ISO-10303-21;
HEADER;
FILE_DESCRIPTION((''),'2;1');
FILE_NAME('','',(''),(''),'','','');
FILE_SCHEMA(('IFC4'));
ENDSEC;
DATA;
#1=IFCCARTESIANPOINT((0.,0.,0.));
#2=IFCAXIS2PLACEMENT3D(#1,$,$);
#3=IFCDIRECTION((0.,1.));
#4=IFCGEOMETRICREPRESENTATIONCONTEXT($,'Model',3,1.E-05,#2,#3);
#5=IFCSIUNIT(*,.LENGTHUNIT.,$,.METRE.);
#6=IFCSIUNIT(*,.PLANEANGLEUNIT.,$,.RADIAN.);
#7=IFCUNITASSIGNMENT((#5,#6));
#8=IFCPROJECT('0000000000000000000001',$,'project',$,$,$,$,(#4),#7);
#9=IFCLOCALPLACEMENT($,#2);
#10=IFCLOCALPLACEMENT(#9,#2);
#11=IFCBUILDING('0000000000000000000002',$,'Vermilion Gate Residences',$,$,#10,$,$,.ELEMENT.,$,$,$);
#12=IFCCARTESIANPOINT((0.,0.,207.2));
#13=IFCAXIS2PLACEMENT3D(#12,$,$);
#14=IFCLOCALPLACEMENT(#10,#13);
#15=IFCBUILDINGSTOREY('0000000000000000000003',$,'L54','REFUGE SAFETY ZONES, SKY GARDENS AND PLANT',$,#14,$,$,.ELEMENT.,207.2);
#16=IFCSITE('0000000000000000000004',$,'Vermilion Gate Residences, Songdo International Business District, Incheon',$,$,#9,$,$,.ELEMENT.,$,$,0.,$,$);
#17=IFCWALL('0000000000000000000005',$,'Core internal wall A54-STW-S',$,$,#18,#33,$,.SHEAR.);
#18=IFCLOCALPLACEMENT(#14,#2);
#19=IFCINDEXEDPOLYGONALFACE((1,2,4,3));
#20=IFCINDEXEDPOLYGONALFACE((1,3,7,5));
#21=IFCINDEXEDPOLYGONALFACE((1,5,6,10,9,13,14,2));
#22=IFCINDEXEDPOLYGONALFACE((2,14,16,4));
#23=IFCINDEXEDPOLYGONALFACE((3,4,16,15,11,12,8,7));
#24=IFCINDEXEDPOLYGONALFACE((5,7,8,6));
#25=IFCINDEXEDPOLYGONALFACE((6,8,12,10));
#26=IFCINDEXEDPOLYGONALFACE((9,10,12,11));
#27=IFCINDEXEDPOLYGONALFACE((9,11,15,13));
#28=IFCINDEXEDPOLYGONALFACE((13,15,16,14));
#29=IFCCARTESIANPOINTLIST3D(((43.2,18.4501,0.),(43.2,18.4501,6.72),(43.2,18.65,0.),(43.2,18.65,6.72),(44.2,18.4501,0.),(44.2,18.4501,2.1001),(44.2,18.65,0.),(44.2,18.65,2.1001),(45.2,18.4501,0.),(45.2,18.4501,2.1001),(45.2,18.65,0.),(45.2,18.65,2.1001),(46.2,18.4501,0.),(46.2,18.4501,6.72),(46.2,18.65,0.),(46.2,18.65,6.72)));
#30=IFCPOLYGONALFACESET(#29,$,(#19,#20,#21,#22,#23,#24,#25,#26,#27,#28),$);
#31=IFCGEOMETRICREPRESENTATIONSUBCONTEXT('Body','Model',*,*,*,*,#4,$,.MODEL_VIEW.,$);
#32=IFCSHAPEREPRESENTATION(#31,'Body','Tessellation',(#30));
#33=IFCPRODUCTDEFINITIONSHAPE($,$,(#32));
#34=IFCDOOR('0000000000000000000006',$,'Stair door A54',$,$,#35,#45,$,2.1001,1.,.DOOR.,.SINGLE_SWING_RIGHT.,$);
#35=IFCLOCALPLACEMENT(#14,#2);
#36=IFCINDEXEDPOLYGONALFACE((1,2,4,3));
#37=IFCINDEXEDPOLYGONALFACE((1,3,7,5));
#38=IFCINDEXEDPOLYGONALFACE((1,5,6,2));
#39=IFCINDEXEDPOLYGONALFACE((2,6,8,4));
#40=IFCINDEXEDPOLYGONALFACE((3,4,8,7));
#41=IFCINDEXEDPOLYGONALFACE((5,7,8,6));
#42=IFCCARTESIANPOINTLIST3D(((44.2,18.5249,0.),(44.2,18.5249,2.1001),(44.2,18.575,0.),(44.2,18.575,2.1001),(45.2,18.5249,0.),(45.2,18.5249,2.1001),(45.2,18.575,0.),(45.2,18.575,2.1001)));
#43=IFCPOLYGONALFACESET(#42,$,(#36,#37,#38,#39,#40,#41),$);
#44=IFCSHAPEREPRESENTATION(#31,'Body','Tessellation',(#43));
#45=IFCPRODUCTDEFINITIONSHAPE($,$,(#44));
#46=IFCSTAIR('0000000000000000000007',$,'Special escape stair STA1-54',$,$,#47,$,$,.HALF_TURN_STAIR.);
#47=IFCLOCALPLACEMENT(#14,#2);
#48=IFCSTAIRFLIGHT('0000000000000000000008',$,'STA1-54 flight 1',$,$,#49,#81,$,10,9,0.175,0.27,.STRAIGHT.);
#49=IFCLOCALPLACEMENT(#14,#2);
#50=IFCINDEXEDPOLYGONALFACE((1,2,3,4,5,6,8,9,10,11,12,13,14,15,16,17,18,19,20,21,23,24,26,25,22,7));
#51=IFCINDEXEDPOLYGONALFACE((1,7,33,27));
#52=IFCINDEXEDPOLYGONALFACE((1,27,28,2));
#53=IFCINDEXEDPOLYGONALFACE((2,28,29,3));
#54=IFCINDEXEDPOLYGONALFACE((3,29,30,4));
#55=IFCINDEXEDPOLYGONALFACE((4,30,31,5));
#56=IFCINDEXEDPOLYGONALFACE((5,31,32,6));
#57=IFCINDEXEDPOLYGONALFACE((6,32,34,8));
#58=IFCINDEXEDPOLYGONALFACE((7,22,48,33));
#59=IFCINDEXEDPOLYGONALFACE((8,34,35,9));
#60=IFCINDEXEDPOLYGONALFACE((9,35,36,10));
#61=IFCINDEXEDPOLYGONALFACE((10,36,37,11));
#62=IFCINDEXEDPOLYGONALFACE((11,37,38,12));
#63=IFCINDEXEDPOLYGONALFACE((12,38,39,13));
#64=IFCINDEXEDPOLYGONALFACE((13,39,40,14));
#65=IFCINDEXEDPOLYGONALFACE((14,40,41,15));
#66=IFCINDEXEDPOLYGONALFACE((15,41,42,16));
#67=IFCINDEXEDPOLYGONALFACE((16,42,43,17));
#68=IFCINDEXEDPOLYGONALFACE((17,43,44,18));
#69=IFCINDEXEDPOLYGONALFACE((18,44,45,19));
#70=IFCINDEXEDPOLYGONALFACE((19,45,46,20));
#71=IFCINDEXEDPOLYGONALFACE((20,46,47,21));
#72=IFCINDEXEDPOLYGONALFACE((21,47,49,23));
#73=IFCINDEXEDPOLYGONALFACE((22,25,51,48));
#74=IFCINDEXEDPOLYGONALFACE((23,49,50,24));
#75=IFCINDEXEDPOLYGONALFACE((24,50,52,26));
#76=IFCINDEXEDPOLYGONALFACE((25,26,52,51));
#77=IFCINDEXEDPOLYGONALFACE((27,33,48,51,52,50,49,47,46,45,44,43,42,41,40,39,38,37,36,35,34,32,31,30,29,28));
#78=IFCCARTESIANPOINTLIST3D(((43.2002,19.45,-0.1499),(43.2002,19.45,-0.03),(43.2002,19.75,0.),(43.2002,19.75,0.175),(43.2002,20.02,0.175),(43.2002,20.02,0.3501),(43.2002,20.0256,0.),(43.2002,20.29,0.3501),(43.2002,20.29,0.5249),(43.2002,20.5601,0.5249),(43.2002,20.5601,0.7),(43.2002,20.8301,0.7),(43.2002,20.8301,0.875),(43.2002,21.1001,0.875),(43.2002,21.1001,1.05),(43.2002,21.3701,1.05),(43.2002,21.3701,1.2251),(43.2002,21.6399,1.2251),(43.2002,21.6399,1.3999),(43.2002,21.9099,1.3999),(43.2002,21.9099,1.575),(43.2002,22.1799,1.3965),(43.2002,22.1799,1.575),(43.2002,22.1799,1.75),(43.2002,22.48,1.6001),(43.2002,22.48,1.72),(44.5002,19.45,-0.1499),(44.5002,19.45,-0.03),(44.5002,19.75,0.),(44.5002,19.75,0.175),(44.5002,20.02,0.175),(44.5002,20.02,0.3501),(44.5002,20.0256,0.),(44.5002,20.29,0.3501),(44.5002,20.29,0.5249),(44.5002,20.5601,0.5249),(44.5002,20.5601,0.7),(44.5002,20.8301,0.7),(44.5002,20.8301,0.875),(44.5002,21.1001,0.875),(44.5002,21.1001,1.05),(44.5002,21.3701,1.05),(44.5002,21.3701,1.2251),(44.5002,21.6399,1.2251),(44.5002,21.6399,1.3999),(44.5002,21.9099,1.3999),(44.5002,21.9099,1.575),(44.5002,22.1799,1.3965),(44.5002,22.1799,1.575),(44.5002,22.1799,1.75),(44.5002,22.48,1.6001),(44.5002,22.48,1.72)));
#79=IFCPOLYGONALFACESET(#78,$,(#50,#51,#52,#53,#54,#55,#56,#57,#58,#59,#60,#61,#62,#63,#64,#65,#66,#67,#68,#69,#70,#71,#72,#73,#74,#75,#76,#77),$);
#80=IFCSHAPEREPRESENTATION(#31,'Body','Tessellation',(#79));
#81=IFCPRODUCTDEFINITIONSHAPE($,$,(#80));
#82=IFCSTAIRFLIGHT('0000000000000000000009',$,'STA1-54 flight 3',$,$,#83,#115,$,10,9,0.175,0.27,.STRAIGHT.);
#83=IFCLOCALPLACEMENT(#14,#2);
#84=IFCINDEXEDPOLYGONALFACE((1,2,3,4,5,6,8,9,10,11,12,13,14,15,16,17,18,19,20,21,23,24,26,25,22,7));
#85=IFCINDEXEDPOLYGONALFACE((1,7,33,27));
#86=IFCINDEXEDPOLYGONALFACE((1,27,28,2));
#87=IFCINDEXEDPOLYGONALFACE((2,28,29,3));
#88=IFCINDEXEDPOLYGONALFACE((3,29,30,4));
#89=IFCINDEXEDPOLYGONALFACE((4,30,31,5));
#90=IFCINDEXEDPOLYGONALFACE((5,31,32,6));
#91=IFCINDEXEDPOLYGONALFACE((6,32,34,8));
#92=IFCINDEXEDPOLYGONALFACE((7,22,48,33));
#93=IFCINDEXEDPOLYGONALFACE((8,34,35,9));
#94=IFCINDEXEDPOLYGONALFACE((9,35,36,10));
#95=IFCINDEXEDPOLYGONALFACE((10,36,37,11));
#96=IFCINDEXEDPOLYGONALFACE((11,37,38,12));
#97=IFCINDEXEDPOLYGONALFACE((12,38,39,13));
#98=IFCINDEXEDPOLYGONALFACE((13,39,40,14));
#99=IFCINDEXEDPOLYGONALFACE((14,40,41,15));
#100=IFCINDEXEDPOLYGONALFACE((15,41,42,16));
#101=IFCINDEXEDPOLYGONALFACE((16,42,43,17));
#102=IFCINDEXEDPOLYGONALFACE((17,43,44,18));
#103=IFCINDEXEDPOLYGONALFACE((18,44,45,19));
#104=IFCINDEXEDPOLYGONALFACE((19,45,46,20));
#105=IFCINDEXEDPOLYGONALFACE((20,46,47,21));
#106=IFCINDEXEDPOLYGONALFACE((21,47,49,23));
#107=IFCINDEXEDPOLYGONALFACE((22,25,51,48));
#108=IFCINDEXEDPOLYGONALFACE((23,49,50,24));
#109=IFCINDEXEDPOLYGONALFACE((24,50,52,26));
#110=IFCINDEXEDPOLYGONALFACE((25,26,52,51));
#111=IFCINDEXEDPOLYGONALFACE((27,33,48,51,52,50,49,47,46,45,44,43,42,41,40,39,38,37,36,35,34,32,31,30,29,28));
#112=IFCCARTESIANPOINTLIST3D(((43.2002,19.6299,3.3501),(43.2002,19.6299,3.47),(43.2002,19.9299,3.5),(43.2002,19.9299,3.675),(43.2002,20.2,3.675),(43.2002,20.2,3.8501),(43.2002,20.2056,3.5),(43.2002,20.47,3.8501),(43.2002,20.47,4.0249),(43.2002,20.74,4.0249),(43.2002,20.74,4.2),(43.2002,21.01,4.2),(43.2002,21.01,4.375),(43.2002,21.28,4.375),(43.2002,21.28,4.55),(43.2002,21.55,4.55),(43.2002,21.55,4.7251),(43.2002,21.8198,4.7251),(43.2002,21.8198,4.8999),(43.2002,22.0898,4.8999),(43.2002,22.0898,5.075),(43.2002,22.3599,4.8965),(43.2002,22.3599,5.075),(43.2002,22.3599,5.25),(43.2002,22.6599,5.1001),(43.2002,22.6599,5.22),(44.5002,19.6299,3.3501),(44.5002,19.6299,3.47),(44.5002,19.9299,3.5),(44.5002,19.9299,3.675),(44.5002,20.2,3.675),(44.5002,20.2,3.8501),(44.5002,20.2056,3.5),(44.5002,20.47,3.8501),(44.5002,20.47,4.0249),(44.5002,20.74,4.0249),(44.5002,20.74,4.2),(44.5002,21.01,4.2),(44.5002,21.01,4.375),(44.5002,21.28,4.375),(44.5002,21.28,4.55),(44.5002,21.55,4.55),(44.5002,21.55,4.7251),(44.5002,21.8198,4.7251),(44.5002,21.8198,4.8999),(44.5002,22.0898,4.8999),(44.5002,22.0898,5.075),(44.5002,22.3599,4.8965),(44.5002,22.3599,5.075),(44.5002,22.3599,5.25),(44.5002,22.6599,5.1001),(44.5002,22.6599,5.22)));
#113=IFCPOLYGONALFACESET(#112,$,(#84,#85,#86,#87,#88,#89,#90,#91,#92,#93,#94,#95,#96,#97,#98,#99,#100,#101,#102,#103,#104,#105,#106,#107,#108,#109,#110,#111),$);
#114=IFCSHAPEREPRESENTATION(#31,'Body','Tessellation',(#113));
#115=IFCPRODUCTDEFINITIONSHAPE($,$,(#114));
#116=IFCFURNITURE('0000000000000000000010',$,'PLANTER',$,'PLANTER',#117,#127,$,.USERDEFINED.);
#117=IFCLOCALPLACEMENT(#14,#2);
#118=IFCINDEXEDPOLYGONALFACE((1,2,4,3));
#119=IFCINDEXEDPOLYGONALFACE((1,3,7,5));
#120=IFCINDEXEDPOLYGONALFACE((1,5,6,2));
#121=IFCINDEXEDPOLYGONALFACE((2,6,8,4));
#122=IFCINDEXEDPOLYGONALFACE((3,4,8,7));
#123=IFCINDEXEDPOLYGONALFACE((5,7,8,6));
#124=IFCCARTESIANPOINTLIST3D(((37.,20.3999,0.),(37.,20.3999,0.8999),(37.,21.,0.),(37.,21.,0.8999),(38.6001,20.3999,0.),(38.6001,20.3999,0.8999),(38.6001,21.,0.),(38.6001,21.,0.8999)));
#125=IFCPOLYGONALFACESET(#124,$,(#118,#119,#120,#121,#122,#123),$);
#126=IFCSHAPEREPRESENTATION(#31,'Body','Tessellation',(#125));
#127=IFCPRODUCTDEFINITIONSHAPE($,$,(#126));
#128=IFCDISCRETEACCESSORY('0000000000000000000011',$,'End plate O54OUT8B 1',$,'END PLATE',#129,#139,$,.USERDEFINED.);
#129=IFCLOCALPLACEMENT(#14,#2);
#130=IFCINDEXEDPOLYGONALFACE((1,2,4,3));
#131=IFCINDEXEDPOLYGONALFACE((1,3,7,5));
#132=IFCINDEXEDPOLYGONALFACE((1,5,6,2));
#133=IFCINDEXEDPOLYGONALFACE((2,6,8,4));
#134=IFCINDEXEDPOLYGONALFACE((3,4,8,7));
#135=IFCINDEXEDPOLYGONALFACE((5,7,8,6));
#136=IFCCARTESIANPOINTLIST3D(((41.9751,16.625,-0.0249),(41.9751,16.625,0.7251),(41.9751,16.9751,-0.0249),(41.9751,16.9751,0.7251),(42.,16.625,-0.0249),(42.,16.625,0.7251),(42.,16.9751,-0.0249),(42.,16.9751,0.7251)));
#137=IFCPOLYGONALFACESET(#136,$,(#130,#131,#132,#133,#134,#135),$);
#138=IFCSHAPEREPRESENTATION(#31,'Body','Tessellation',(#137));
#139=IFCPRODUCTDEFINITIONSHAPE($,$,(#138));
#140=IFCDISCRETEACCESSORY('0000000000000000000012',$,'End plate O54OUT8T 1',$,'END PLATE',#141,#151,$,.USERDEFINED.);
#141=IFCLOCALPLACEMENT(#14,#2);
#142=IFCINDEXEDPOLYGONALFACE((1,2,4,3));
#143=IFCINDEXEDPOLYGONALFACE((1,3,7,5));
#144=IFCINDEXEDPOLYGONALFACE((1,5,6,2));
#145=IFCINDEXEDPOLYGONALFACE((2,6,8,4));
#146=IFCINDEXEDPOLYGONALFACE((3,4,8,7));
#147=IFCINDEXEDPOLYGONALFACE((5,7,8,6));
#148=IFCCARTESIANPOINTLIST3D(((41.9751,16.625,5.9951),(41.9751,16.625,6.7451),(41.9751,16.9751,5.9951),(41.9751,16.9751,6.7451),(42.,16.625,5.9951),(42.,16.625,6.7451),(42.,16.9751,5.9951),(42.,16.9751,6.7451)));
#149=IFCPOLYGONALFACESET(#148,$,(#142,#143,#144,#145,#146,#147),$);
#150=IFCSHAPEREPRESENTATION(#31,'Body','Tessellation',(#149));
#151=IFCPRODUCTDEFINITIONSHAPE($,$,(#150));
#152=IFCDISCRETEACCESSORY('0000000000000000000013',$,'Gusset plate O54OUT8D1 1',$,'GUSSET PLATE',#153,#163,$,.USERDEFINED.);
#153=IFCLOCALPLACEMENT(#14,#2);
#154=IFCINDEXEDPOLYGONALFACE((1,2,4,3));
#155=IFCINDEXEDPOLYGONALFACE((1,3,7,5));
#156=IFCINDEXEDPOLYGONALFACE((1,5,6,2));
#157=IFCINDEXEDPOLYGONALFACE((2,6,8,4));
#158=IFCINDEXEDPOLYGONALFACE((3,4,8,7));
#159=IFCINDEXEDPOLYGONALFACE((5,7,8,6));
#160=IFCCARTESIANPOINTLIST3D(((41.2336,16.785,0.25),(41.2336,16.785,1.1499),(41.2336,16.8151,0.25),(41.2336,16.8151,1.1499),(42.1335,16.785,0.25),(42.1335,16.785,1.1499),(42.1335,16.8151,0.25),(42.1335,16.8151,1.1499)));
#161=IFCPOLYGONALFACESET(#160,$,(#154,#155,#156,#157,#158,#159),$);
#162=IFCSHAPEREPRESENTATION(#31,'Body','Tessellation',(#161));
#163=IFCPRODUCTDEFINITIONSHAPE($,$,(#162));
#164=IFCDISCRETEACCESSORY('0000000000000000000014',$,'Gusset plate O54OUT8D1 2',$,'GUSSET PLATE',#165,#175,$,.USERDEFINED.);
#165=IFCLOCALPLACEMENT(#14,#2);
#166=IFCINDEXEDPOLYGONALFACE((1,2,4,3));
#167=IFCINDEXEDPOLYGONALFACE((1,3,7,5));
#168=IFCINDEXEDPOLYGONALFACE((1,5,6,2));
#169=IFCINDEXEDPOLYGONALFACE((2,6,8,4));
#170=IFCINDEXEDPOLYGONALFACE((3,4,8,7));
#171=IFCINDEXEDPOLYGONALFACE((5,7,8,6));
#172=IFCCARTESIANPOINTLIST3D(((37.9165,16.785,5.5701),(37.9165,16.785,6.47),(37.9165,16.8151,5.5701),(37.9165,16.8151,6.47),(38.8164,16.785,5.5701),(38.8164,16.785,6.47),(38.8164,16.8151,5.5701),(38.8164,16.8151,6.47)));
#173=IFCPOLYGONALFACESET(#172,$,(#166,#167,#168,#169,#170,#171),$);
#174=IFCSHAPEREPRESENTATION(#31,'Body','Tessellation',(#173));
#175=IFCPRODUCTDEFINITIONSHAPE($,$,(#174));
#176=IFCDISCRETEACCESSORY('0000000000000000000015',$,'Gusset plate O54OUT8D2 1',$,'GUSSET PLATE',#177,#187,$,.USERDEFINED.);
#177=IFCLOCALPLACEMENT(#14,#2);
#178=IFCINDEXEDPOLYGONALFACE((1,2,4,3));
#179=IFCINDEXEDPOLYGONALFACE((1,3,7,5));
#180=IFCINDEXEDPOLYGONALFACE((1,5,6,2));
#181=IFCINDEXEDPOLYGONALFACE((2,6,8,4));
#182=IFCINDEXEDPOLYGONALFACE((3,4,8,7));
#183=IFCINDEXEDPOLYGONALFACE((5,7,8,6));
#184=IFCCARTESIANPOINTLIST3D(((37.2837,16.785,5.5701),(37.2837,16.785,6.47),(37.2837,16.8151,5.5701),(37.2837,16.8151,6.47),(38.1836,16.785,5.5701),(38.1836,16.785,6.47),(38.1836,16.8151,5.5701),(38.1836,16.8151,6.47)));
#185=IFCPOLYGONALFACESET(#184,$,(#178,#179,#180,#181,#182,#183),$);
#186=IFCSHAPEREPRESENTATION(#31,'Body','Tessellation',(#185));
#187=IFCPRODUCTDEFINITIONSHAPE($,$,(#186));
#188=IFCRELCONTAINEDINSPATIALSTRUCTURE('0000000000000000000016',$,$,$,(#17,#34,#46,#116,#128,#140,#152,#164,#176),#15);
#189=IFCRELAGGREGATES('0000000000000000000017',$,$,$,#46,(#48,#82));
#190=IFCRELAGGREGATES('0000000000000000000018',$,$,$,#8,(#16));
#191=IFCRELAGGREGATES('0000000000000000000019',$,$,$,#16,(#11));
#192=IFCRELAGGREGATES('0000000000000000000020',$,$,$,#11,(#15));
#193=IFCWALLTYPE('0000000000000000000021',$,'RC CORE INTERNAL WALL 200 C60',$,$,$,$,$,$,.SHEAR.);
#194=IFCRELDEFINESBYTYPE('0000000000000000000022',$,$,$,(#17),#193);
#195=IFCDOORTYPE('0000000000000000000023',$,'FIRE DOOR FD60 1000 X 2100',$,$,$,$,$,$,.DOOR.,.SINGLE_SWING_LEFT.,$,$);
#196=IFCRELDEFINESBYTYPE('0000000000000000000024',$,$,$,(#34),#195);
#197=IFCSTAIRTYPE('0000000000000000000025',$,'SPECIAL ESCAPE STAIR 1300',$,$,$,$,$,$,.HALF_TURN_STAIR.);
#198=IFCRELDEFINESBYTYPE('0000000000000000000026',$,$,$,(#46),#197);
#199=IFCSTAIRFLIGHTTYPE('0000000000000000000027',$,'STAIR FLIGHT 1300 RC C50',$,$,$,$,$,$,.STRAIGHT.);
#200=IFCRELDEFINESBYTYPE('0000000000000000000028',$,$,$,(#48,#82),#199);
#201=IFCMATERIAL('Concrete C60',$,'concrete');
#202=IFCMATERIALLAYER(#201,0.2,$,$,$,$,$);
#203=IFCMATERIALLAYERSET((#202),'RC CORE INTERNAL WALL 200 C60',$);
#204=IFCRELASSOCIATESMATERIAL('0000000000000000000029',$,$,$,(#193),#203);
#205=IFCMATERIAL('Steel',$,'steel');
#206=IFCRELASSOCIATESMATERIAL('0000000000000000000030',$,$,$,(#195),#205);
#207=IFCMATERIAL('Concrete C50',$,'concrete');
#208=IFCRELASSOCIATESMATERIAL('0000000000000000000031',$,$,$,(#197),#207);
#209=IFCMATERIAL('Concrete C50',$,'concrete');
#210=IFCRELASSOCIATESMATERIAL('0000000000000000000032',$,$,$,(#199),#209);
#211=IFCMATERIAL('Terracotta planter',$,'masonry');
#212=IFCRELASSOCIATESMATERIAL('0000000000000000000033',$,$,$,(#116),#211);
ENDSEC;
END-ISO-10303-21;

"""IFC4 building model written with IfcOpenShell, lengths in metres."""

from ifc_helpers import new_model, si_unit, direction, frame, frame_2d, origin, origin_2d, place, context, subcontext, project, spatial, polyline, rectangle, outline, extrude, material, layer, layer_set, type_object, element, fill, aggregate, save


model = new_model("IFC4")

# Units and contexts
model_context = context("Model", 3, precision=1e-05, world=origin(), true_north=direction((0.0, 1.0)))
body_context = subcontext(model_context, "Body", "Model", "MODEL_VIEW")
ifc_project = project(units=[si_unit("LENGTHUNIT", "METRE"), si_unit("PLANEANGLEUNIT", "RADIAN")], contexts=[model_context])

# Site, building, storey
site_placement = place(None, origin())
site = spatial("IfcSite", under=ifc_project, at=site_placement, Name="Vermilion Gate Residences, Songdo International Business District, Incheon", CompositionType="ELEMENT", RefElevation=0.0)
building_placement = place(site_placement, origin())
building = spatial("IfcBuilding", under=site, at=building_placement, Name="Vermilion Gate Residences", CompositionType="ELEMENT")
storey_placement = place(building_placement, frame((0.0, 0.0, 207.2)))
storey = spatial("IfcBuildingStorey", under=building, at=storey_placement, Name="L54", Description="REFUGE SAFETY ZONES, SKY GARDENS AND PLANT", CompositionType="ELEMENT", Elevation=207.2)

# Shared definitions
ifc_material_1 = material(Name="Concrete C60", Category="concrete")
ifc_layer = layer(ifc_material_1, 0.2)
ifc_layer_set = layer_set([ifc_layer], Name="RC CORE INTERNAL WALL 200 C60")
wall_type = type_object("IfcWallType", Name="RC CORE INTERNAL WALL 200 C60", PredefinedType="SHEAR", material=ifc_layer_set)

# Wall, opening, door
wall_1_placement = place(storey_placement, frame((43.2, 18.55, 0.0), z_axis=(0.0, 0.0, 1.0), x_axis=(1.0, 0.0, 0.0)))
wall_1 = element("IfcWall", 1, at=wall_1_placement, inside=storey, type_object=wall_type, Name="Core internal wall A54-STW-S", PredefinedType="SHEAR", context=body_context, shape_type="SweptSolid", body=[
    extrude(rectangle(XDim=3.0, YDim=0.2, at=frame_2d((1.5, 0.0))), origin(), (0.0, 0.0, 1.0), 6.72),
])
opening_placement = place(wall_1_placement, frame((1.0, 0.0, 0.0)))
opening = element("IfcOpeningElement", 2, at=opening_placement, cuts=wall_1, PredefinedType="OPENING", context=body_context, shape_type="SweptSolid", body=[
    extrude(rectangle(XDim=1.0, YDim=2.1001, at=frame_2d((0.5, 1.05))), frame((0.0, 0.1099, 0.0), z_axis=(0.0, -1.0, 0.0), x_axis=(1.0, 0.0, 0.0)), (0.0, 0.0, 1.0), 0.22),
])
ifc_material_2 = material(Name="Steel", Category="steel")
door_type = type_object("IfcDoorType", Name="FIRE DOOR FD60 1000 X 2100", OperationType="SINGLE_SWING_LEFT", PredefinedType="DOOR", material=ifc_material_2)
door_placement = place(opening_placement, origin())
door = element("IfcDoor", 3, at=door_placement, inside=storey, type_object=door_type, Name="Stair door A54", OperationType="SINGLE_SWING_RIGHT", OverallHeight=2.1001, OverallWidth=1.0, PredefinedType="DOOR", context=body_context, shape_type="SweptSolid", body=[
    extrude(rectangle(XDim=1.0, YDim=2.1001, at=frame_2d((0.5, 1.05))), frame((0.0, 0.0249, 0.0), z_axis=(0.0, -1.0, 0.0), x_axis=(1.0, 0.0, 0.0)), (0.0, 0.0, 1.0), 0.05),
])
fill(opening, door)

# Stair, stair flights
ifc_material_3 = material(Name="Concrete C50", Category="concrete")
stair_type = type_object("IfcStairType", Name="SPECIAL ESCAPE STAIR 1300", PredefinedType="HALF_TURN_STAIR", material=ifc_material_3)
stair_placement = place(storey_placement, origin())
stair = element("IfcStair", 4, at=stair_placement, inside=storey, type_object=stair_type, Name="Special escape stair STA1-54", PredefinedType="HALF_TURN_STAIR")
ifc_material_4 = material(Name="Concrete C50", Category="concrete")
stair_flight_type = type_object("IfcStairFlightType", Name="STAIR FLIGHT 1300 RC C50", PredefinedType="STRAIGHT", material=ifc_material_4)
stair_flight_1_placement = place(storey_placement, frame((43.8501, 19.75, 0.0), z_axis=(0.0, 0.0, 1.0), x_axis=(0.0, 1.0, 0.0)))
stair_flight_1 = element("IfcStairFlight", 5, at=stair_flight_1_placement, type_object=stair_flight_type, Name="STA1-54 flight 1", NumberOfRisers=10, NumberOfTreads=9, PredefinedType="STRAIGHT", RiserHeight=0.175, TreadLength=0.27, context=body_context, shape_type="SweptSolid", body=[
    extrude(outline(polyline([(-0.3, -0.1499), (-0.3, -0.03), (0.0, 0.0), (0.0, 0.175), (0.27, 0.175), (0.27, 0.3501), (0.54, 0.3501), (0.54, 0.5249), (0.8101, 0.5249), (0.8101, 0.7), (1.0801, 0.7), (1.0801, 0.875), (1.3501, 0.875), (1.3501, 1.05), (1.6201, 1.05), (1.6201, 1.2251), (1.8899, 1.2251), (1.8899, 1.3999), (2.1599, 1.3999), (2.1599, 1.575), (2.4299, 1.575), (2.4299, 1.75), (2.73, 1.72), (2.73, 1.6001), (2.4299, 1.3965), (0.2756, 0.0), (-0.3, -0.1499)])), frame((0.0, 0.6499, 0.0), z_axis=(0.0, -1.0, 0.0), x_axis=(1.0, 0.0, 0.0)), (0.0, 0.0, 1.0), 1.3),
])
stair_flight_2_placement = place(storey_placement, frame((43.8501, 19.9299, 3.5), z_axis=(0.0, 0.0, 1.0), x_axis=(0.0, 1.0, 0.0)))
stair_flight_2 = element("IfcStairFlight", 6, at=stair_flight_2_placement, type_object=stair_flight_type, Name="STA1-54 flight 3", NumberOfRisers=10, NumberOfTreads=9, PredefinedType="STRAIGHT", RiserHeight=0.175, TreadLength=0.27, context=body_context, shape_type="SweptSolid", body=[
    extrude(outline(polyline([(-0.3, -0.1499), (-0.3, -0.03), (0.0, 0.0), (0.0, 0.175), (0.27, 0.175), (0.27, 0.3501), (0.54, 0.3501), (0.54, 0.5249), (0.8101, 0.5249), (0.8101, 0.7), (1.0801, 0.7), (1.0801, 0.875), (1.3501, 0.875), (1.3501, 1.05), (1.6201, 1.05), (1.6201, 1.2251), (1.8899, 1.2251), (1.8899, 1.3999), (2.1599, 1.3999), (2.1599, 1.575), (2.4299, 1.575), (2.4299, 1.75), (2.73, 1.72), (2.73, 1.6001), (2.4299, 1.3965), (0.2756, 0.0), (-0.3, -0.1499)])), frame((0.0, 0.6499, 0.0), z_axis=(0.0, -1.0, 0.0), x_axis=(1.0, 0.0, 0.0)), (0.0, 0.0, 1.0), 1.3),
])
aggregate(stair, [stair_flight_1, stair_flight_2])

# Furniture
ifc_material_5 = material(Name="Terracotta planter", Category="masonry")
furniture_placement = place(storey_placement, frame((37.8, 20.7, 0.0), z_axis=(0.0, 0.0, 1.0), x_axis=(-1.0, 0.0, 0.0)))
element("IfcFurniture", 7, at=furniture_placement, inside=storey, material=ifc_material_5, Name="PLANTER", ObjectType="PLANTER", PredefinedType="USERDEFINED", context=body_context, shape_type="SweptSolid", body=[
    extrude(rectangle(XDim=1.6001, YDim=0.6001, at=origin_2d()), origin(), (0.0, 0.0, 1.0), 0.8999),
])

# Discrete accessories
for number, where, z_axis, x_axis, name in (
    (8, (41.9875, 16.8, -0.0249), (0.0, 0.0, 1.0), (1.0, 0.0, 0.0), "End plate O54OUT8B 1"),
    (9, (41.9875, 16.8, 5.9951), (0.0, 0.0, 1.0), (1.0, 0.0, 0.0), "End plate O54OUT8T 1"),
):
    element("IfcDiscreteAccessory", number, at=place(storey_placement, frame(where, z_axis=z_axis, x_axis=x_axis)), inside=storey, Name=name, ObjectType="END PLATE", PredefinedType="USERDEFINED", context=body_context, shape_type="SweptSolid", body=[
        extrude(rectangle(XDim=0.0249, YDim=0.3501, at=origin_2d()), origin(), (0.0, 0.0, 1.0), 0.75),
    ])
for number, where, z_axis, x_axis, name in (
    (10, (41.6836, 16.8, 0.25), (0.0, 0.0, 1.0), (1.0, 0.0, 0.0), "Gusset plate O54OUT8D1 1"),
    (11, (38.3665, 16.8, 5.5701), (0.0, 0.0, 1.0), (1.0, 0.0, 0.0), "Gusset plate O54OUT8D1 2"),
    (12, (37.7336, 16.8, 5.5701), (0.0, 0.0, 1.0), (1.0, 0.0, 0.0), "Gusset plate O54OUT8D2 1"),
):
    element("IfcDiscreteAccessory", number, at=place(storey_placement, frame(where, z_axis=z_axis, x_axis=x_axis)), inside=storey, Name=name, ObjectType="GUSSET PLATE", PredefinedType="USERDEFINED", context=body_context, shape_type="SweptSolid", body=[
        extrude(rectangle(XDim=0.8999, YDim=0.03, at=origin_2d()), origin(), (0.0, 0.0, 1.0), 0.8999),
    ])

save(model, "model.ifc")
